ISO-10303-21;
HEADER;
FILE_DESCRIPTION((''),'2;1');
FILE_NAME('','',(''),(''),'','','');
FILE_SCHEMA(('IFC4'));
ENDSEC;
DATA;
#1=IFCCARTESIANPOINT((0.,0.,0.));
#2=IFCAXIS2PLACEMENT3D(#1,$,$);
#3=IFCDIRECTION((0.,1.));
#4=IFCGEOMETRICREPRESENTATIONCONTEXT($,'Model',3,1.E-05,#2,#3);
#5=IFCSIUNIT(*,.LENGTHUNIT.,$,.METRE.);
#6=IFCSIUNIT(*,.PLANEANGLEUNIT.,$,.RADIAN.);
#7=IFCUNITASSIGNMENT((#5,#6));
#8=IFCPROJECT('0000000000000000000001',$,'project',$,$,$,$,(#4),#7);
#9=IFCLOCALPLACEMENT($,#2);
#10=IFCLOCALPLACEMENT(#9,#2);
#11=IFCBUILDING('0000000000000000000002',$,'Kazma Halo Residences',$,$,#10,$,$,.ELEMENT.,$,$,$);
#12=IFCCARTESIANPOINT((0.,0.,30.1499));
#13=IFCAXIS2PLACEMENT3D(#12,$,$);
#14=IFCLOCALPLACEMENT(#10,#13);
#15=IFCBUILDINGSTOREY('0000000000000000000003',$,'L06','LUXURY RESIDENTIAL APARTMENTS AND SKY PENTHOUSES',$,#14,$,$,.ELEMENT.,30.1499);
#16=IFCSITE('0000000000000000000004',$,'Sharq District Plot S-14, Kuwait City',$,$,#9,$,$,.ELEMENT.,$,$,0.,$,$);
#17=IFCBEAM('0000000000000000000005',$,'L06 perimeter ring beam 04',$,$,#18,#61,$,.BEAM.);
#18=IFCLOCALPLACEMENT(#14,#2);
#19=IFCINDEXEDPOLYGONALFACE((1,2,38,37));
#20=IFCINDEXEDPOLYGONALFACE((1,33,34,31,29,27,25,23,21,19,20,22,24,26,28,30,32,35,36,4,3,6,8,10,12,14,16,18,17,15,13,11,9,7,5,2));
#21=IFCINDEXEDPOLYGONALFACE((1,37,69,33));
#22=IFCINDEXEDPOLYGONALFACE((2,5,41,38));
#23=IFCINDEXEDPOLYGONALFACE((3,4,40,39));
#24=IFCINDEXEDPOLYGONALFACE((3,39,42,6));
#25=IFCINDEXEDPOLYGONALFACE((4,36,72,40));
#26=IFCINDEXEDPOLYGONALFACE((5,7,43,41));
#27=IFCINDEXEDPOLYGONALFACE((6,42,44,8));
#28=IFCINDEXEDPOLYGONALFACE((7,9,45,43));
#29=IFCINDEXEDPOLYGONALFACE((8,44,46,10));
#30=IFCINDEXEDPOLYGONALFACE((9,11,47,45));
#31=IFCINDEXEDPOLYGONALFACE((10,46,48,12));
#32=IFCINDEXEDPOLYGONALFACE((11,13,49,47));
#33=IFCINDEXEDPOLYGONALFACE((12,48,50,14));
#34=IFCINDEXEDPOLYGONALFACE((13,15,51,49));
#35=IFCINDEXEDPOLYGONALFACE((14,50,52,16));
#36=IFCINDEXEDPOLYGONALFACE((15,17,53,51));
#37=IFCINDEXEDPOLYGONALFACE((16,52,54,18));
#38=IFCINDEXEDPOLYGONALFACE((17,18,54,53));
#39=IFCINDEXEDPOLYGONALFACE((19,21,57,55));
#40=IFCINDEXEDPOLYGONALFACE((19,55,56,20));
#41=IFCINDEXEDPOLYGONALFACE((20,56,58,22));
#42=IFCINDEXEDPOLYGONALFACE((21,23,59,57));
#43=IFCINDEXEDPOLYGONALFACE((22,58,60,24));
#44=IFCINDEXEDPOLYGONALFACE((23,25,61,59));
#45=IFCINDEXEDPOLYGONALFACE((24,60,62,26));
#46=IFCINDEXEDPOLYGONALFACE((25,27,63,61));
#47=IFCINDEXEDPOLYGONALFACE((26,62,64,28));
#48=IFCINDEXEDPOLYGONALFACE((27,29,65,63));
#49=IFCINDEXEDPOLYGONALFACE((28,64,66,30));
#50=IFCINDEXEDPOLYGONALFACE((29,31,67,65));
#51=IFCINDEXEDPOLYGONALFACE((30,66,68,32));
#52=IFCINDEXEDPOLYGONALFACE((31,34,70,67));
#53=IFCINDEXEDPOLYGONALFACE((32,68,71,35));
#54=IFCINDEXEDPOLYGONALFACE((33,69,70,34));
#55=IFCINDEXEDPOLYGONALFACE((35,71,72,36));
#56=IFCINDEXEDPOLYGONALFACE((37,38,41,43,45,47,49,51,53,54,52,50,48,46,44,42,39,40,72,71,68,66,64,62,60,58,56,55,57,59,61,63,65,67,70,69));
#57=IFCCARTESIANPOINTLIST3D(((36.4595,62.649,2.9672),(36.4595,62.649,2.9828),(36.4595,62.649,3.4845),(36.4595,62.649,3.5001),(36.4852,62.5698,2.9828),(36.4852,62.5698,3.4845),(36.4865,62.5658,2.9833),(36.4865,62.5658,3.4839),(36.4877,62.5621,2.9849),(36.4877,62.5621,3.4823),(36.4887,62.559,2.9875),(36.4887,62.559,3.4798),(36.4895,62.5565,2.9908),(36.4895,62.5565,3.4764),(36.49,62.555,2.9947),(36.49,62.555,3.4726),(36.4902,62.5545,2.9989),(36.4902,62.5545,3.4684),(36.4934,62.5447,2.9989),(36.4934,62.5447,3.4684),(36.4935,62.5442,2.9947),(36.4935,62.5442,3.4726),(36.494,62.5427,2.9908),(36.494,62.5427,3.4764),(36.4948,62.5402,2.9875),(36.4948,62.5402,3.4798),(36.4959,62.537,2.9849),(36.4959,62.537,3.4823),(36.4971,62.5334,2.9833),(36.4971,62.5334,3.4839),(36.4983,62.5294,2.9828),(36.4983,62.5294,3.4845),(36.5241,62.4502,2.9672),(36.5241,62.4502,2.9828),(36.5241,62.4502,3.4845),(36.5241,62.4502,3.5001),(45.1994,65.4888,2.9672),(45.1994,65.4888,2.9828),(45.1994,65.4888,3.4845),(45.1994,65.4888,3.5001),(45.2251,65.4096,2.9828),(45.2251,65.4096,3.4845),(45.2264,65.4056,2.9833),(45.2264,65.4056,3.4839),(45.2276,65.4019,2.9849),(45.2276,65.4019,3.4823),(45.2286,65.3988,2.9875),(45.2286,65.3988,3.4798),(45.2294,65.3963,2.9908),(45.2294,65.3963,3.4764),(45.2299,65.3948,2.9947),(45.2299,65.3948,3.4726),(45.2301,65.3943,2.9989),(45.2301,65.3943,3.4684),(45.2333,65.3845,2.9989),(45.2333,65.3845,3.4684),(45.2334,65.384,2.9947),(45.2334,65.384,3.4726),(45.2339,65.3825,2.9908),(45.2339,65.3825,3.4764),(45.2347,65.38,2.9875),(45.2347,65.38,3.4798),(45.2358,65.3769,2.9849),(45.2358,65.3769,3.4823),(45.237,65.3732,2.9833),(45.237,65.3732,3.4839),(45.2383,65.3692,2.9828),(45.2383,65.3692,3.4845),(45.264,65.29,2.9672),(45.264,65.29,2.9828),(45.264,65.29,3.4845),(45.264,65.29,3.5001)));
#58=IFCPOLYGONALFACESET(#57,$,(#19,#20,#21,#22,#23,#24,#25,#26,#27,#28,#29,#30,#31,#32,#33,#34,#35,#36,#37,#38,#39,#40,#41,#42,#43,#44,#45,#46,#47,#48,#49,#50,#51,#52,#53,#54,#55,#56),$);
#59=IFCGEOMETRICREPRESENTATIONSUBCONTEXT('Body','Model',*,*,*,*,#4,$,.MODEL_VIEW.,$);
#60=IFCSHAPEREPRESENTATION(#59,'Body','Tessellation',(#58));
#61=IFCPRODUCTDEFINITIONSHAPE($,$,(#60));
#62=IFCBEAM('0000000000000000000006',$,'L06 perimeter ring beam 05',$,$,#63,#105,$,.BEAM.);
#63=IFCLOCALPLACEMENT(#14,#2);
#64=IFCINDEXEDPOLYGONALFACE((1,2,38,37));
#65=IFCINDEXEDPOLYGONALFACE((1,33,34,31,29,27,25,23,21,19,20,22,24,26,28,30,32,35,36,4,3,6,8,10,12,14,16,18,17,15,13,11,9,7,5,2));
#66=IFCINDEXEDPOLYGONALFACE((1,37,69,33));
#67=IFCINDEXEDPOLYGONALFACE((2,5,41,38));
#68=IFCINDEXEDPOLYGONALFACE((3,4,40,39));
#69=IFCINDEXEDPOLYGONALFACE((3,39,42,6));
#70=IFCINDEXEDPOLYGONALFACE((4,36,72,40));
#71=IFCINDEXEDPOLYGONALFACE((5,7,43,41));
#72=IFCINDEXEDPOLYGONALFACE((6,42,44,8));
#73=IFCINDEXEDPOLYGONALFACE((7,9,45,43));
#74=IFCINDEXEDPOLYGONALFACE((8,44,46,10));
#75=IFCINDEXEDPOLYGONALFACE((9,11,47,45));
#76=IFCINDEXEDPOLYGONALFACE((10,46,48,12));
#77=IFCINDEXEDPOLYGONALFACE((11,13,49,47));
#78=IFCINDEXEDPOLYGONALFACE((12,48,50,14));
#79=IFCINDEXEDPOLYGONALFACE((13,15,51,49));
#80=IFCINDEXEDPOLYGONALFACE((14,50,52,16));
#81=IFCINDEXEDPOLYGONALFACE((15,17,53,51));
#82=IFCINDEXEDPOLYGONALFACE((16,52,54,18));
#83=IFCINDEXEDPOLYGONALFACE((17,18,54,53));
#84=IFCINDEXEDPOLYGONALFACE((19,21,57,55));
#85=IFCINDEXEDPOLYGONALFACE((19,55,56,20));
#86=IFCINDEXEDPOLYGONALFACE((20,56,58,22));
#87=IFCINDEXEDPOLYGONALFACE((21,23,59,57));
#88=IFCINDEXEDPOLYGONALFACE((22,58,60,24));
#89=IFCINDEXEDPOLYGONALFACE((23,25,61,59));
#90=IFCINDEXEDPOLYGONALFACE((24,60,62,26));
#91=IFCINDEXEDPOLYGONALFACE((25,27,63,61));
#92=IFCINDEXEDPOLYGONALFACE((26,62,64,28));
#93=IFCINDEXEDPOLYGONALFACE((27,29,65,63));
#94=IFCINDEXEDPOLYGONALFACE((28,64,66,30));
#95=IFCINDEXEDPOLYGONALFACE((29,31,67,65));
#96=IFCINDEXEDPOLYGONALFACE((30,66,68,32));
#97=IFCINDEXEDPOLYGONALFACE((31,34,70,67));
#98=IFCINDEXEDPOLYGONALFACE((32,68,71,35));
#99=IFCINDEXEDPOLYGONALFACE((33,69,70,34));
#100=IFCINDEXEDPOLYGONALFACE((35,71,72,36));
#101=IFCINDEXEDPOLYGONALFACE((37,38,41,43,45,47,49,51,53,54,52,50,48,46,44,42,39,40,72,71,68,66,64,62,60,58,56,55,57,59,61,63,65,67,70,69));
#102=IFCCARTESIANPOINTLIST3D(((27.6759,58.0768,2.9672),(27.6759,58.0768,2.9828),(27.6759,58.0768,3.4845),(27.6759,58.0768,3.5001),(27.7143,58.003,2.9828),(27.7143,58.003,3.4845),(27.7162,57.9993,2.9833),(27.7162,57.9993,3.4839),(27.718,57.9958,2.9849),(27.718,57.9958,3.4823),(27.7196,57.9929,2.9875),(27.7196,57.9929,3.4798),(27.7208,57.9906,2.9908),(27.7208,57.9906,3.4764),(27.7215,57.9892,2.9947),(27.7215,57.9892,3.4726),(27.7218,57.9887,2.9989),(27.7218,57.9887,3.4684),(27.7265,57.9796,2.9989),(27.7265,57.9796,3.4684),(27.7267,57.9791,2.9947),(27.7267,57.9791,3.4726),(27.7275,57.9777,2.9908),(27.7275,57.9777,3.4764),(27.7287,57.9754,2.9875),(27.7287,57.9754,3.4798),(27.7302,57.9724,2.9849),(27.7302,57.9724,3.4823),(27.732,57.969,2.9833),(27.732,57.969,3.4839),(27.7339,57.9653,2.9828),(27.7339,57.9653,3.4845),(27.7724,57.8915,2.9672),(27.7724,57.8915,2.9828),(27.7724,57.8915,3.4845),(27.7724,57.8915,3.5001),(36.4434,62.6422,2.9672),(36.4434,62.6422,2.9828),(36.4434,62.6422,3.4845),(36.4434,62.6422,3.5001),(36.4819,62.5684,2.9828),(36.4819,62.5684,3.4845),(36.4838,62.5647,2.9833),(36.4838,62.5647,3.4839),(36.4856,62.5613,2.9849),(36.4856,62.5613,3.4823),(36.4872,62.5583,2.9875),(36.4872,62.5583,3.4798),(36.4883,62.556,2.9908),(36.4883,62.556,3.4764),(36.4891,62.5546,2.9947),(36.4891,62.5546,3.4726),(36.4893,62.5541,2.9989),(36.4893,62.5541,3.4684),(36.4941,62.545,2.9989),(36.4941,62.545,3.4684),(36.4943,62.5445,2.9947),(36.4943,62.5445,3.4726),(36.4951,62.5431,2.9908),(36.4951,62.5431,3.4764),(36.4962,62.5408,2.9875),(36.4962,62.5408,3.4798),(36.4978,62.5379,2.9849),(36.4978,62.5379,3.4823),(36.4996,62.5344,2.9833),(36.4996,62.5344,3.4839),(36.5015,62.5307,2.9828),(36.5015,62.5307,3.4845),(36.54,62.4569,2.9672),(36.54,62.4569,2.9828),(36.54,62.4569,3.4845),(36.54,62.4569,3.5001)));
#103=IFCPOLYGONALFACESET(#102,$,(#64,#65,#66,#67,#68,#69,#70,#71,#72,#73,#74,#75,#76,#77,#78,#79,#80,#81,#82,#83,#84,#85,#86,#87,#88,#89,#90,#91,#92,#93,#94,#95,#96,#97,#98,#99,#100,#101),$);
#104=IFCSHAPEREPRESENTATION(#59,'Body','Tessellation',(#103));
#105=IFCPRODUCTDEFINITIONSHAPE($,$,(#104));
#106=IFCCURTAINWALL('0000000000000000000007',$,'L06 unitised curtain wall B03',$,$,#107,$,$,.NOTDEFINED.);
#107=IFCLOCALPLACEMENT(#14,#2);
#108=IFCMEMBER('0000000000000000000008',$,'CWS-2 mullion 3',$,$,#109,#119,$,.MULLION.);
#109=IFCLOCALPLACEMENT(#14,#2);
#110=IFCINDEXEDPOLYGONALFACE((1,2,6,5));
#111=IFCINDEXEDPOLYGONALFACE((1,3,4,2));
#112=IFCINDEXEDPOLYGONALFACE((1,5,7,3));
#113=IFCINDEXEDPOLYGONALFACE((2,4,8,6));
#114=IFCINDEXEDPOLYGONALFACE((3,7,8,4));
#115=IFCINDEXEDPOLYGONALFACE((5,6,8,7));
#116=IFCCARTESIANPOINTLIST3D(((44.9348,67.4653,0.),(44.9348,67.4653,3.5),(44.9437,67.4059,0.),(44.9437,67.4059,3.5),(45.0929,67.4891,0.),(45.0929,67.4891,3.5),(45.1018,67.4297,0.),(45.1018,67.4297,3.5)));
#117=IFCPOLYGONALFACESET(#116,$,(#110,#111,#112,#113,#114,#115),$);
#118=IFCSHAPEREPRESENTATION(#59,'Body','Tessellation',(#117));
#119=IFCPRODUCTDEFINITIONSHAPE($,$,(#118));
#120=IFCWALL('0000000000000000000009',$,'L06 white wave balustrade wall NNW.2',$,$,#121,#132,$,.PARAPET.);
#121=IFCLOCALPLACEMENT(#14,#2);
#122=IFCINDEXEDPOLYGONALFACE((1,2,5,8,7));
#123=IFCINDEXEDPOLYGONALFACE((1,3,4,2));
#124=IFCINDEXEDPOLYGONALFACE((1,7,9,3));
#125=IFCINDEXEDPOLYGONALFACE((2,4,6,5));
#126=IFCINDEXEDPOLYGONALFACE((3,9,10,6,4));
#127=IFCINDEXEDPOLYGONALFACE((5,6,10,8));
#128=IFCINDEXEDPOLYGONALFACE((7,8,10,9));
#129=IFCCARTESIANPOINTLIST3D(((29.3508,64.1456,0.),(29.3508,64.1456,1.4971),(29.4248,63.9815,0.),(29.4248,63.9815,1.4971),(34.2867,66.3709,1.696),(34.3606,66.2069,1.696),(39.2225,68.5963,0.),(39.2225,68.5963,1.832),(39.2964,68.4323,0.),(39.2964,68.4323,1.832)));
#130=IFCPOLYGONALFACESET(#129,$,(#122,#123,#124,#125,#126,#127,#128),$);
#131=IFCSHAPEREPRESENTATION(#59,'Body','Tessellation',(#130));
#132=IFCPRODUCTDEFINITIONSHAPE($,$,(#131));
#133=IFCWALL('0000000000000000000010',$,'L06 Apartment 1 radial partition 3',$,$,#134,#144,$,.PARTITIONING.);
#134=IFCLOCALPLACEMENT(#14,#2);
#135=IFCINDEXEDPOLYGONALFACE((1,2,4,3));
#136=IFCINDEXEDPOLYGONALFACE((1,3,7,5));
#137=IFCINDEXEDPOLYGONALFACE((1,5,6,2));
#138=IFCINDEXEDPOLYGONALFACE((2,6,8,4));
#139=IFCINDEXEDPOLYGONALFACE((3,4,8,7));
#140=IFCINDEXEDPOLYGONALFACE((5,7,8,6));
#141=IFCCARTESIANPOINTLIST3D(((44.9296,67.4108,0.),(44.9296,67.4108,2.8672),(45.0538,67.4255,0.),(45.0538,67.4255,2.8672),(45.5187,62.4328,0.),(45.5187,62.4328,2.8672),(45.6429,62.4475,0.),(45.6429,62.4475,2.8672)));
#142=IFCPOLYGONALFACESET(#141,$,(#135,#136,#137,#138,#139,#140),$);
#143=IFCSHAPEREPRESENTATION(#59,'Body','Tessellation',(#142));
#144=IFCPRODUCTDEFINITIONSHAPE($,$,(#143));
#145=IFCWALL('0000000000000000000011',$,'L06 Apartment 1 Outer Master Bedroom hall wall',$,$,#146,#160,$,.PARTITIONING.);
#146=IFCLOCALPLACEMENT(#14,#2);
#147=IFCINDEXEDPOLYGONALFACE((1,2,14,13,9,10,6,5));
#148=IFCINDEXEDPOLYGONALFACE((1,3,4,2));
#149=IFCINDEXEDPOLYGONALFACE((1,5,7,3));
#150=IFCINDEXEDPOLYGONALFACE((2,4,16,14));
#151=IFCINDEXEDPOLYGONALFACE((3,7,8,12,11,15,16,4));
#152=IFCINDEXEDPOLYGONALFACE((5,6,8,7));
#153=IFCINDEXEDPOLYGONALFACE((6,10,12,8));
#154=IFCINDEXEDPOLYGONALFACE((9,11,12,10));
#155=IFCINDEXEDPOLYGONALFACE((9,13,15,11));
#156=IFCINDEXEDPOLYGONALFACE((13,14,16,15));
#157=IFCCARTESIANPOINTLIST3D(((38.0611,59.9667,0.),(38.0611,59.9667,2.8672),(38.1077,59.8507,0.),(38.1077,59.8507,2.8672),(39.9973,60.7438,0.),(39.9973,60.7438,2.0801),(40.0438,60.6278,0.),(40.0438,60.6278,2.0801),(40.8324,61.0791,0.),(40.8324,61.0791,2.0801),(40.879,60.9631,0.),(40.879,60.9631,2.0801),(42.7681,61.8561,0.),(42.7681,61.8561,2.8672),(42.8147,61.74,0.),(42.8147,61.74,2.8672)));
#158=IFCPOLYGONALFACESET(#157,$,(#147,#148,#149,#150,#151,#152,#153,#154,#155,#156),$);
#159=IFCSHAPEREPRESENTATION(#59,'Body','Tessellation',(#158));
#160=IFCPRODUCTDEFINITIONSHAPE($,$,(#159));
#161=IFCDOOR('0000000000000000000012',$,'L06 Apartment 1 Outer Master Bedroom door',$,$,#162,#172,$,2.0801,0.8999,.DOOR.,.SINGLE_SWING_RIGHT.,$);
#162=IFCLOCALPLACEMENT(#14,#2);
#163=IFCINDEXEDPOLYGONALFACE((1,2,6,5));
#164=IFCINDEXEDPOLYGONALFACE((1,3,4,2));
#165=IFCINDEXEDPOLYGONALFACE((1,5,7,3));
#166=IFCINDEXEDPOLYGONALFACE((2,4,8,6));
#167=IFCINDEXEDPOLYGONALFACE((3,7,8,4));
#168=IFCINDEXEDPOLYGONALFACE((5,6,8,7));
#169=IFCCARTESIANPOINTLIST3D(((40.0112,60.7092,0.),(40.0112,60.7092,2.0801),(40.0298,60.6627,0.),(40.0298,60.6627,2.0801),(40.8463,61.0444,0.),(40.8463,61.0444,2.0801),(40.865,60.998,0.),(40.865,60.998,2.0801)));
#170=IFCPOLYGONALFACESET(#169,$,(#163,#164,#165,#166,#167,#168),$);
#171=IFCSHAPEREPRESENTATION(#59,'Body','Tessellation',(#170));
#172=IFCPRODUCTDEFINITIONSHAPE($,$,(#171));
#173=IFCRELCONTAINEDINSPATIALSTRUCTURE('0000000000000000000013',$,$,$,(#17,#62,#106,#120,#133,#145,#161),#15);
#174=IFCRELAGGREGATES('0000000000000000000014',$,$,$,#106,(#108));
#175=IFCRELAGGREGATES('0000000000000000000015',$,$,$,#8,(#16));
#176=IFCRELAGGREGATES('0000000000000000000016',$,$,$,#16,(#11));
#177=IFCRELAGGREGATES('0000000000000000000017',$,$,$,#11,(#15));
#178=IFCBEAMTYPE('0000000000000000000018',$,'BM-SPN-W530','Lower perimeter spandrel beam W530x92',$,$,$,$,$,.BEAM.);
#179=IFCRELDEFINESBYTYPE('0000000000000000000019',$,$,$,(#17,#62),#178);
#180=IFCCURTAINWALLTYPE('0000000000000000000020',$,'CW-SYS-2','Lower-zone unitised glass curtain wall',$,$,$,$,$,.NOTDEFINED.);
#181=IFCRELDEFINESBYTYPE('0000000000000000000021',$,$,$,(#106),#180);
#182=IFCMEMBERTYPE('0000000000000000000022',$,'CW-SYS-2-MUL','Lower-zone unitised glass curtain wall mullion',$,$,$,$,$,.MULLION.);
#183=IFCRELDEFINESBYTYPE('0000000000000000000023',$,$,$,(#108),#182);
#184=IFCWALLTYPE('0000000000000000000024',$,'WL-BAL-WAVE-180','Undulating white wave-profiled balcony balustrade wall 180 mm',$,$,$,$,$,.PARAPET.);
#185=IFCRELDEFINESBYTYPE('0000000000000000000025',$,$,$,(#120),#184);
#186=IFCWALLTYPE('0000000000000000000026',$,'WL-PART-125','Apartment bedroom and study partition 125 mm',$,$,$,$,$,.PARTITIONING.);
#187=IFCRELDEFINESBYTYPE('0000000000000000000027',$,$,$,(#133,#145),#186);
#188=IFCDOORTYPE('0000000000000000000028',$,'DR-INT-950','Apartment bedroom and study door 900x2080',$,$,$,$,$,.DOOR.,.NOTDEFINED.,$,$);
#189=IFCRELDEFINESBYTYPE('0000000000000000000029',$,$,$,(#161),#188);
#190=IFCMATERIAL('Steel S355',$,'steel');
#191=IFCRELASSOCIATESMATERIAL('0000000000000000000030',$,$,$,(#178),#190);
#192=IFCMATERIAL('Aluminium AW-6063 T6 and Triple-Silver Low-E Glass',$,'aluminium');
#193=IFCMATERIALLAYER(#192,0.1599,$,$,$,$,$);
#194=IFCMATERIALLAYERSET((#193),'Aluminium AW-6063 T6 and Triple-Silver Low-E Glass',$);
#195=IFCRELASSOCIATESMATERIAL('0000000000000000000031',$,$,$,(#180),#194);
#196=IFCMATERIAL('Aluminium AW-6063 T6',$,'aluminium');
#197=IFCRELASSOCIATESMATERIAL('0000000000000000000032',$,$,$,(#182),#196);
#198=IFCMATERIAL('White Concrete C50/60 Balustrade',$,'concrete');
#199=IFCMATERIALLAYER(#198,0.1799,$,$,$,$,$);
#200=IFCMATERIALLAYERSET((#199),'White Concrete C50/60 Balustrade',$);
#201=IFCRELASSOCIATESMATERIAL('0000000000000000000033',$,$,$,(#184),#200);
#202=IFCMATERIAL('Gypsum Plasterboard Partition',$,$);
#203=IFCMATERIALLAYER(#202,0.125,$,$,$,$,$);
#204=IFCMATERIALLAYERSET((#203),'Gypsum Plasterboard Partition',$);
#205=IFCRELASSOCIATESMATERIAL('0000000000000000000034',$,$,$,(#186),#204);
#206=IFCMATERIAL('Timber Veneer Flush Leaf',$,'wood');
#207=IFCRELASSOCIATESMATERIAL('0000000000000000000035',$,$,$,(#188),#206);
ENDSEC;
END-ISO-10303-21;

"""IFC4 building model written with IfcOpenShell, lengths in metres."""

from ifc_helpers import new_model, si_unit, direction, frame, frame_2d, origin, origin_2d, place, context, subcontext, project, spatial, polyline, rectangle, i_section, outline, extrude, material, layer, layer_set, material_profile, profile_set, type_object, element, fill, aggregate, save


model = new_model("IFC4")

# Units and contexts
model_context = context("Model", 3, precision=1e-05, world=origin(), true_north=direction((0.0, 1.0)))
body_context = subcontext(model_context, "Body", "Model", "MODEL_VIEW")
ifc_project = project(units=[si_unit("LENGTHUNIT", "METRE"), si_unit("PLANEANGLEUNIT", "RADIAN")], contexts=[model_context])

# Site, building, storey
site_placement = place(None, origin())
site = spatial("IfcSite", under=ifc_project, at=site_placement, Name="Sharq District Plot S-14, Kuwait City", CompositionType="ELEMENT", RefElevation=0.0)
building_placement = place(site_placement, origin())
building = spatial("IfcBuilding", under=site, at=building_placement, Name="Kazma Halo Residences", CompositionType="ELEMENT")
storey_placement = place(building_placement, frame((0.0, 0.0, 30.1499)))
storey = spatial("IfcBuildingStorey", under=building, at=storey_placement, Name="L06", Description="LUXURY RESIDENTIAL APARTMENTS AND SKY PENTHOUSES", CompositionType="ELEMENT", Elevation=30.1499)

# Beams
ifc_material_1 = material(Name="Steel S355", Category="steel")
ifc_material_profile_1 = material_profile(ifc_material_1, i_section(OverallWidth=0.209, OverallDepth=0.533, WebThickness=0.0103, FlangeThickness=0.0156, FilletRadius=0.0161, at=origin_2d()), Name="W530x92")
ifc_profile_set_1 = profile_set([ifc_material_profile_1], Name="Steel S355")
beam_type_1 = type_object("IfcBeamType", Name="BM-SPN-W530", Description="Lower perimeter spandrel beam W530x92", PredefinedType="BEAM", material=ifc_profile_set_1)
beam_1_placement = place(storey_placement, frame((45.2317, 65.3894, 3.2336), z_axis=(-0.951055, -0.309022, 0.0), x_axis=(0.309022, -0.951055, 0.0)))
element("IfcBeam", 1, at=beam_1_placement, inside=storey, type_object=beam_type_1, Name="L06 perimeter ring beam 04", PredefinedType="BEAM", context=body_context, shape_type="SweptSolid", body=[
    extrude(i_section(OverallWidth=0.209, OverallDepth=0.533, WebThickness=0.0103, FlangeThickness=0.0156, FilletRadius=0.0161, at=origin_2d()), origin(), (0.0, 0.0, 1.0), 9.1897),
])
beam_2_placement = place(storey_placement, frame((36.4917, 62.5496, 3.2336), z_axis=(-0.886956, -0.461853, 0.0), x_axis=(0.461853, -0.886956, 0.0)))
element("IfcBeam", 2, at=beam_2_placement, inside=storey, type_object=beam_type_1, Name="L06 perimeter ring beam 05", PredefinedType="BEAM", context=body_context, shape_type="SweptSolid", body=[
    extrude(i_section(OverallWidth=0.209, OverallDepth=0.533, WebThickness=0.0103, FlangeThickness=0.0156, FilletRadius=0.0161, at=origin_2d()), origin(), (0.0, 0.0, 1.0), 9.885),
])

# Curtain wall, member
ifc_material_2 = material(Name="Aluminium AW-6063 T6 and Triple-Silver Low-E Glass", Category="aluminium")
ifc_layer_1 = layer(ifc_material_2, 0.1599)
ifc_layer_set_1 = layer_set([ifc_layer_1], Name="Aluminium AW-6063 T6 and Triple-Silver Low-E Glass")
curtain_wall_type = type_object("IfcCurtainWallType", Name="CW-SYS-2", Description="Lower-zone unitised glass curtain wall", PredefinedType="NOTDEFINED", material=ifc_layer_set_1)
curtain_wall_placement = place(storey_placement, origin())
curtain_wall = element("IfcCurtainWall", 3, at=curtain_wall_placement, inside=storey, type_object=curtain_wall_type, Name="L06 unitised curtain wall B03", PredefinedType="NOTDEFINED")
ifc_material_3 = material(Name="Aluminium AW-6063 T6", Category="aluminium")
ifc_material_profile_2 = material_profile(ifc_material_3, rectangle(XDim=0.0601, YDim=0.1599, at=origin_2d()), Name="CWM-60x160")
ifc_profile_set_2 = profile_set([ifc_material_profile_2], Name="Aluminium AW-6063 T6")
member_type = type_object("IfcMemberType", Name="CW-SYS-2-MUL", Description="Lower-zone unitised glass curtain wall mullion", PredefinedType="MULLION", material=ifc_profile_set_2)
member_placement = place(storey_placement, frame((45.0183, 67.4475, 0.0), z_axis=(0.0, 0.0, 1.0), x_axis=(0.148657, -0.988889, 0.0)))
member = element("IfcMember", 4, at=member_placement, type_object=member_type, Name="CWS-2 mullion 3", PredefinedType="MULLION", context=body_context, shape_type="SweptSolid", body=[
    extrude(rectangle(XDim=0.0601, YDim=0.1599, at=origin_2d()), origin(), (0.0, 0.0, 1.0), 3.5),
])
aggregate(curtain_wall, [member])

# Wall
ifc_material_4 = material(Name="White Concrete C50/60 Balustrade", Category="concrete")
ifc_layer_2 = layer(ifc_material_4, 0.1799)
ifc_layer_set_2 = layer_set([ifc_layer_2], Name="White Concrete C50/60 Balustrade")
wall_type_1 = type_object("IfcWallType", Name="WL-BAL-WAVE-180", Description="Undulating white wave-profiled balcony balustrade wall 180 mm", PredefinedType="PARAPET", material=ifc_layer_set_2)
wall_1_placement = place(storey_placement, frame((39.2595, 68.5142, 0.0), z_axis=(0.0, 0.0, 1.0), x_axis=(-0.911629, -0.411015, 0.0)))
element("IfcWall", 5, at=wall_1_placement, inside=storey, type_object=wall_type_1, Name="L06 white wave balustrade wall NNW.2", PredefinedType="PARAPET", context=body_context, shape_type="SweptSolid", body=[
    extrude(outline(polyline([(0.0, 0.0), (10.8286, 0.0), (10.8286, 1.4971), (5.4143, 1.696), (0.0, 1.832), (0.0, 0.0)])), frame((0.0, 0.0898, 0.0), z_axis=(0.0, -1.0, 0.0), x_axis=(1.0, 0.0, 0.0)), (0.0, 0.0, 1.0), 0.1799),
])

# Wall
ifc_material_5 = material(Name="Gypsum Plasterboard Partition")
ifc_layer_3 = layer(ifc_material_5, 0.125)
ifc_layer_set_3 = layer_set([ifc_layer_3], Name="Gypsum Plasterboard Partition")
wall_type_2 = type_object("IfcWallType", Name="WL-PART-125", Description="Apartment bedroom and study partition 125 mm", PredefinedType="PARTITIONING", material=ifc_layer_set_3)
wall_2_placement = place(storey_placement, frame((45.5808, 62.4402, 0.0), z_axis=(0.0, 0.0, 1.0), x_axis=(-0.117522, 0.99307, 0.0)))
element("IfcWall", 6, at=wall_2_placement, inside=storey, type_object=wall_type_2, Name="L06 Apartment 1 radial partition 3", PredefinedType="PARTITIONING", context=body_context, shape_type="SweptSolid", body=[
    extrude(rectangle(XDim=5.0127, YDim=0.125, at=frame_2d((2.5063, 0.0))), origin(), (0.0, 0.0, 1.0), 2.8672),
])

# Wall, opening, door
wall_3_placement = place(storey_placement, frame((42.7915, 61.7981, 0.0), z_axis=(0.0, 0.0, 1.0), x_axis=(-0.928028, -0.372511, 0.0)))
wall_3 = element("IfcWall", 7, at=wall_3_placement, inside=storey, type_object=wall_type_2, Name="L06 Apartment 1 Outer Master Bedroom hall wall", PredefinedType="PARTITIONING", context=body_context, shape_type="SweptSolid", body=[
    extrude(rectangle(XDim=5.072, YDim=0.125, at=frame_2d((2.5361, 0.0))), origin(), (0.0, 0.0, 1.0), 2.8672),
])
opening_1_placement = place(wall_3_placement, frame((2.0859, 0.0, 0.0)))
opening_1 = element("IfcOpeningElement", 8, at=opening_1_placement, cuts=wall_3, PredefinedType="OPENING", context=body_context, shape_type="SweptSolid", body=[
    extrude(rectangle(XDim=0.8999, YDim=2.0801, at=frame_2d((0.45, 1.04))), frame((0.0, 0.0725, 0.0), z_axis=(0.0, -1.0, 0.0), x_axis=(1.0, 0.0, 0.0)), (0.0, 0.0, 1.0), 0.145),
])
ifc_material_6 = material(Name="Timber Veneer Flush Leaf", Category="wood")
door_type_1 = type_object("IfcDoorType", Name="DR-INT-950", Description="Apartment bedroom and study door 900x2080", OperationType="NOTDEFINED", PredefinedType="DOOR", material=ifc_material_6)
door_1_placement = place(opening_1_placement, origin())
door_1 = element("IfcDoor", 9, at=door_1_placement, inside=storey, type_object=door_type_1, Name="L06 Apartment 1 Outer Master Bedroom door", OperationType="SINGLE_SWING_RIGHT", OverallHeight=2.0801, OverallWidth=0.8999, PredefinedType="DOOR", context=body_context, shape_type="SweptSolid", body=[
    extrude(rectangle(XDim=0.8999, YDim=2.0801, at=frame_2d((0.45, 1.04))), frame((0.0, 0.0249, 0.0), z_axis=(0.0, -1.0, 0.0), x_axis=(1.0, 0.0, 0.0)), (0.0, 0.0, 1.0), 0.05),
])
fill(opening_1, door_1)

save(model, "model.ifc")
